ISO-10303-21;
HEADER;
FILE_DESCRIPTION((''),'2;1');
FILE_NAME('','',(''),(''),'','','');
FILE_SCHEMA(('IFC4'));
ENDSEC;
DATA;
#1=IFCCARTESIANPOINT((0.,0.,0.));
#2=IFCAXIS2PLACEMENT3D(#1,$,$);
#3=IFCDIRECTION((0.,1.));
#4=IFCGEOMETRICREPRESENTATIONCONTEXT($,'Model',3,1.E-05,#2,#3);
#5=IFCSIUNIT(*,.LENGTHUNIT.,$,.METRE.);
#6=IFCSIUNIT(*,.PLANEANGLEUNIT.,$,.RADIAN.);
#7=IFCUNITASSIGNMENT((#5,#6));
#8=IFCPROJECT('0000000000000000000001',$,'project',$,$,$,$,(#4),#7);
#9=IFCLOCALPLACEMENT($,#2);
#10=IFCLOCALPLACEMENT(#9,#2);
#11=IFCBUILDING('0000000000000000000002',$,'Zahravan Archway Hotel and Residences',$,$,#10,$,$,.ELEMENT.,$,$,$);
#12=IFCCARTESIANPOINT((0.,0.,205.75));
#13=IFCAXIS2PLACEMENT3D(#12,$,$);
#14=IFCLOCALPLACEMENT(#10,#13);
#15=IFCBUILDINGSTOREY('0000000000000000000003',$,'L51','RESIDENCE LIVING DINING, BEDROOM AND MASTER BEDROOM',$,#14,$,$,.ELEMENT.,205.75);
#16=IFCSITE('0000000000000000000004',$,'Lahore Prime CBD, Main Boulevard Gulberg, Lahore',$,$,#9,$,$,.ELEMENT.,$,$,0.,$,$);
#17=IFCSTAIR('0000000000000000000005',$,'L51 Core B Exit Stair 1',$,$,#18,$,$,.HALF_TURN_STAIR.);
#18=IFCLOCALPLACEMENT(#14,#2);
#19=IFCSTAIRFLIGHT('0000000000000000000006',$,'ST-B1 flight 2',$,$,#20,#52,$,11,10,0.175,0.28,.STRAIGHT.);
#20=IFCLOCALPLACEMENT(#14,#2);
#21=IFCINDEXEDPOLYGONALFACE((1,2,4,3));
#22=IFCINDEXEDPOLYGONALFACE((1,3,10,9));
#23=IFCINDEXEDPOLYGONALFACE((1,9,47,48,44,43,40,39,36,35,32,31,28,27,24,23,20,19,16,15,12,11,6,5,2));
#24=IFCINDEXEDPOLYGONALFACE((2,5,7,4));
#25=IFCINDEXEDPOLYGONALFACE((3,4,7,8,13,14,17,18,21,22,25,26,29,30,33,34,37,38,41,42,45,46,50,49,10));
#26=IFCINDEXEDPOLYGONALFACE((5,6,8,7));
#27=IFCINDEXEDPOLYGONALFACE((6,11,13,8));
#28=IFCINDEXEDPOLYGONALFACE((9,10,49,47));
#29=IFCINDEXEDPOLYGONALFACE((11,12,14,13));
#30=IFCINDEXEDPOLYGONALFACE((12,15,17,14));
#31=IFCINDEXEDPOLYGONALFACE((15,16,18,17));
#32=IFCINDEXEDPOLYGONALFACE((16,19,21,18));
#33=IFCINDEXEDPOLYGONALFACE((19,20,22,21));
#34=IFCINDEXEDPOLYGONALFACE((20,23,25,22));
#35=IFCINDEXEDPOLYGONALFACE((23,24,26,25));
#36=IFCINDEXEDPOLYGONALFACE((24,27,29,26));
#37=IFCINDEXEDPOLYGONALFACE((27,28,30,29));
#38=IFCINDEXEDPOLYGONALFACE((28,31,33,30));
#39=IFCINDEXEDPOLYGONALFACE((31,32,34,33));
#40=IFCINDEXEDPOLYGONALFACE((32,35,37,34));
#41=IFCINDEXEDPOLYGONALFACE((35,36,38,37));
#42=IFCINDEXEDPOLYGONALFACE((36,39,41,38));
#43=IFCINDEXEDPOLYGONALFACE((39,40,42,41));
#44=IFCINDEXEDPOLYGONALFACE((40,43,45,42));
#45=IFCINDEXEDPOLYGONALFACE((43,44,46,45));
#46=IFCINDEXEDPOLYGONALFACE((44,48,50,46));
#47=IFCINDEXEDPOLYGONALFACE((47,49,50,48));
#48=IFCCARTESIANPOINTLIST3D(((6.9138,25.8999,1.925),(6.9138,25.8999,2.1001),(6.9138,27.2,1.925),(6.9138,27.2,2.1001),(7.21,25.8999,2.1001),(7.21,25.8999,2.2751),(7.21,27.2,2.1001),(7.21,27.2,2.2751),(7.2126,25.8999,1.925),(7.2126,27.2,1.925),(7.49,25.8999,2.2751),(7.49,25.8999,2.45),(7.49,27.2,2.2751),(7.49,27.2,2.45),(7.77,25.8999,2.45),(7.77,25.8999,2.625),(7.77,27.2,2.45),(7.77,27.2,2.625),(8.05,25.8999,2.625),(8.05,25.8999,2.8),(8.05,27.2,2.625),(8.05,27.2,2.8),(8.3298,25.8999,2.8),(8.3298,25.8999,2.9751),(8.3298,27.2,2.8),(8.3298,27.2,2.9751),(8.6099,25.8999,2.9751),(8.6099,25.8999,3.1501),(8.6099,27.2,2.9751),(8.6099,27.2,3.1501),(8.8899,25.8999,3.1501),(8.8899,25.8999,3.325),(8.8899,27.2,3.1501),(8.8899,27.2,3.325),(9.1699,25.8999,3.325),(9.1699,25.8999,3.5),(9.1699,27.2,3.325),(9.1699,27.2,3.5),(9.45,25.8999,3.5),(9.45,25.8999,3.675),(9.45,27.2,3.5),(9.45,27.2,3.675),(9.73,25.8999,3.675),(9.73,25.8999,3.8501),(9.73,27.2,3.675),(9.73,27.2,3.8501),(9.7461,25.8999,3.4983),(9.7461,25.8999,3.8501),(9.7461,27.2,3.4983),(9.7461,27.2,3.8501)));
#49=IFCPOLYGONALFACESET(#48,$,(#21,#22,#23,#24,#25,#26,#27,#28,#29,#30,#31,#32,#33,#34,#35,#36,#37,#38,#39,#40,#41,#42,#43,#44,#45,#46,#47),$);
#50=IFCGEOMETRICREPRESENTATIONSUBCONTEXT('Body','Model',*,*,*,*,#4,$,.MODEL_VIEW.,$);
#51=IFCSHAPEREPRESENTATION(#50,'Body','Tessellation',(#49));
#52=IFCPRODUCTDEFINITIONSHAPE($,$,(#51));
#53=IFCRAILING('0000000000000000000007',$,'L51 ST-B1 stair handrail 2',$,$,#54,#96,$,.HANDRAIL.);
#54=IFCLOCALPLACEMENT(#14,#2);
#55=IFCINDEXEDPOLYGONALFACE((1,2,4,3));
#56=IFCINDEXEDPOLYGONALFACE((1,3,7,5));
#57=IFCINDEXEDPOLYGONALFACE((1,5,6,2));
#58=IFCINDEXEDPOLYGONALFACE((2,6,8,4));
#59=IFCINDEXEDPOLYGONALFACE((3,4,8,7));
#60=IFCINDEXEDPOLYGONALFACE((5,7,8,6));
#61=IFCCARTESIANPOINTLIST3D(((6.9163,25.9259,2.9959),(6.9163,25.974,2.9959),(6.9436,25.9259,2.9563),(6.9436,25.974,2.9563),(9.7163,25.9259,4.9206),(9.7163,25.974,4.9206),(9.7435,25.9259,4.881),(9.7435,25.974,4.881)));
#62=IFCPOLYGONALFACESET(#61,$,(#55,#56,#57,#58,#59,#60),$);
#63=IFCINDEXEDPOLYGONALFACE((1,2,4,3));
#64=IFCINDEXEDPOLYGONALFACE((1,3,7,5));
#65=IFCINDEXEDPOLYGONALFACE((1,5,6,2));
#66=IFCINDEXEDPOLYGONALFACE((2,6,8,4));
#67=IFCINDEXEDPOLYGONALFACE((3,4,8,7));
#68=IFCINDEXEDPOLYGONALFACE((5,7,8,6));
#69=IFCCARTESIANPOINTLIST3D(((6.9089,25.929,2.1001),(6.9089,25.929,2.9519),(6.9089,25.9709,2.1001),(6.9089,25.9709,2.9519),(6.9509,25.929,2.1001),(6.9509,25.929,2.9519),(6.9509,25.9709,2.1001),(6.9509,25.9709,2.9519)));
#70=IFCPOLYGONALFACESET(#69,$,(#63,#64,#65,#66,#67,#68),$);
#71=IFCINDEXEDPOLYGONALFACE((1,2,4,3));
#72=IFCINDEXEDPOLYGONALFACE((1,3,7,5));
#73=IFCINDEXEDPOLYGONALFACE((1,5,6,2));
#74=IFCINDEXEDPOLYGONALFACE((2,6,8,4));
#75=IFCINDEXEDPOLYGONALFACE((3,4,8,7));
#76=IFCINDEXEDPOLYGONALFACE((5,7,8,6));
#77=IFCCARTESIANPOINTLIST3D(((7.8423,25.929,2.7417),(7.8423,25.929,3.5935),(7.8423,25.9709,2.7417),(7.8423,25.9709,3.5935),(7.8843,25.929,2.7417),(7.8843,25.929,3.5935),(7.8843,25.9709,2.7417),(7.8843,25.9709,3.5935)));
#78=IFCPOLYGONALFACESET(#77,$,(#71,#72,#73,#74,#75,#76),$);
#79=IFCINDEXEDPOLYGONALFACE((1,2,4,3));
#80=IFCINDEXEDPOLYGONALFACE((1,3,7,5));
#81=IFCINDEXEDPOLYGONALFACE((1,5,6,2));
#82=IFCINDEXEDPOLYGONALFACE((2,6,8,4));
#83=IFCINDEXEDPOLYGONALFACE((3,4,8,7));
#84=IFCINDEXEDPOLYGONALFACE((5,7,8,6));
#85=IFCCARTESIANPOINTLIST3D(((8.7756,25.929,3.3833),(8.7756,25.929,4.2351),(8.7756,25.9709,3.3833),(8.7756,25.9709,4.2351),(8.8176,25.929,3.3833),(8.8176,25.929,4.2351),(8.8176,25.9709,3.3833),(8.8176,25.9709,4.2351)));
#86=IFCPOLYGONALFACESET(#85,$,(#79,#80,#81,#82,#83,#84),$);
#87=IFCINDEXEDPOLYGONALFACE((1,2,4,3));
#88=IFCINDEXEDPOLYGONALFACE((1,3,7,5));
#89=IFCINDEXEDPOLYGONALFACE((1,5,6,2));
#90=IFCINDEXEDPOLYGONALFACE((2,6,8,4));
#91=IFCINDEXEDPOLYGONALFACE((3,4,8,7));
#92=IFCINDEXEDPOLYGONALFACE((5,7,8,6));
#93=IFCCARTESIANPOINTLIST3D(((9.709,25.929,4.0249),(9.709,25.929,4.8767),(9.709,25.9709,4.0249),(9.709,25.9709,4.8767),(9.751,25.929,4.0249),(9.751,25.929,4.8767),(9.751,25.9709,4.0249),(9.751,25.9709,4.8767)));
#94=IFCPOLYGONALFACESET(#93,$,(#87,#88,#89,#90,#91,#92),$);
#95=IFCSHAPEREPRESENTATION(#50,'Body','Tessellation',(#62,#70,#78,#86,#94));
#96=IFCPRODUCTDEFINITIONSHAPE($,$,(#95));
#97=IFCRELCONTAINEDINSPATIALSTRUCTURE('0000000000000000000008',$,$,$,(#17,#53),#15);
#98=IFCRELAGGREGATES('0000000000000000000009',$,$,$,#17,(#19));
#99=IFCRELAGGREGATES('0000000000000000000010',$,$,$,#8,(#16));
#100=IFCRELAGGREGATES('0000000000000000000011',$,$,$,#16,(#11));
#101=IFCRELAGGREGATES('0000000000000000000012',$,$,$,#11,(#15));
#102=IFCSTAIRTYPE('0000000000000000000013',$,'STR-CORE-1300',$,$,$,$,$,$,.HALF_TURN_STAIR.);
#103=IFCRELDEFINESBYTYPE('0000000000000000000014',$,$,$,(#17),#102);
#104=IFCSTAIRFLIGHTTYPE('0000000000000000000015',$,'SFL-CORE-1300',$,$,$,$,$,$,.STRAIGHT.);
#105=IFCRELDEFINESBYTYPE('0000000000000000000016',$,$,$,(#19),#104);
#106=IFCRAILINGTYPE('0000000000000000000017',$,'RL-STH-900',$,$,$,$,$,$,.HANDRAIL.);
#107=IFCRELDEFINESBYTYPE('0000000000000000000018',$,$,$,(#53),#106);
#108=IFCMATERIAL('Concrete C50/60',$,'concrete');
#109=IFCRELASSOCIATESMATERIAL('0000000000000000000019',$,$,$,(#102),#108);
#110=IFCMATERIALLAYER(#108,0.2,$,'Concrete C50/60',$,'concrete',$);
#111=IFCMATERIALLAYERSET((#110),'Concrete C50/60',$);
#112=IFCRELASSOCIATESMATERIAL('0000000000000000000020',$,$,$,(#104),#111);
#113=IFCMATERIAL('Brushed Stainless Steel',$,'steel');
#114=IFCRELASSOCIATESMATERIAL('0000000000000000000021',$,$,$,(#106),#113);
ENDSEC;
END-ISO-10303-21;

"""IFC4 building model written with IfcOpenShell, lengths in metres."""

from ifc_helpers import new_model, si_unit, direction, frame, origin, origin_2d, place, context, subcontext, project, spatial, polyline, rectangle, outline, extrude, source, transform, mapped, material, layer, layer_set, type_object, element, aggregate, save


model = new_model("IFC4")

# Units and contexts
model_context = context("Model", 3, precision=1e-05, world=origin(), true_north=direction((0.0, 1.0)))
body_context = subcontext(model_context, "Body", "Model", "MODEL_VIEW")
ifc_project = project(units=[si_unit("LENGTHUNIT", "METRE"), si_unit("PLANEANGLEUNIT", "RADIAN")], contexts=[model_context])

# Site, building, storey
site_placement = place(None, origin())
site = spatial("IfcSite", under=ifc_project, at=site_placement, Name="Lahore Prime CBD, Main Boulevard Gulberg, Lahore", CompositionType="ELEMENT", RefElevation=0.0)
building_placement = place(site_placement, origin())
building = spatial("IfcBuilding", under=site, at=building_placement, Name="Zahravan Archway Hotel and Residences", CompositionType="ELEMENT")
storey_placement = place(building_placement, frame((0.0, 0.0, 205.75)))
storey = spatial("IfcBuildingStorey", under=building, at=storey_placement, Name="L51", Description="RESIDENCE LIVING DINING, BEDROOM AND MASTER BEDROOM", CompositionType="ELEMENT", Elevation=205.75)

# Shared definitions
ifc_material_1 = material(Name="Concrete C50/60", Category="concrete")

# Stair, stair flight
stair_type = type_object("IfcStairType", Name="STR-CORE-1300", PredefinedType="HALF_TURN_STAIR", material=ifc_material_1)
stair_placement = place(storey_placement, origin())
stair = element("IfcStair", 1, at=stair_placement, inside=storey, type_object=stair_type, Name="L51 Core B Exit Stair 1", PredefinedType="HALF_TURN_STAIR")
ifc_layer_1 = layer(ifc_material_1, 0.2, Name="Concrete C50/60", Category="concrete")
ifc_layer_set_1 = layer_set([ifc_layer_1], Name="Concrete C50/60")
stair_flight_type = type_object("IfcStairFlightType", Name="SFL-CORE-1300", PredefinedType="STRAIGHT", material=ifc_layer_set_1)
shared_shape_1 = source(origin(), body_context, "Body", "SweptSolid", [
    extrude(outline(polyline([(-0.0161, 0.0), (-0.0161, 0.175), (0.28, 0.175), (0.28, 0.3501), (0.5601, 0.3501), (0.5601, 0.5249), (0.8401, 0.5249), (0.8401, 0.7), (1.1201, 0.7), (1.1201, 0.875), (1.3999, 0.875), (1.3999, 1.05), (1.6799, 1.05), (1.6799, 1.2251), (1.96, 1.2251), (1.96, 1.3999), (2.24, 1.3999), (2.24, 1.575), (2.52, 1.575), (2.52, 1.75), (2.8, 1.75), (2.8, 1.925), (2.8162, 1.925), (2.8162, 1.5732), (0.2827, 0.0), (-0.0161, 0.0)])), frame((0.0, 0.6499, 0.0), z_axis=(0.0, -1.0, 0.0), x_axis=(1.0, 0.0, 0.0)), (0.0, 0.0, 1.0), 1.3),
])
stair_flight_placement = place(storey_placement, frame((6.9299, 26.55, 1.925), z_axis=(0.0, 0.0, 1.0), x_axis=(1.0, 0.0, 0.0)))
stair_flight = element("IfcStairFlight", 2, at=stair_flight_placement, type_object=stair_flight_type, Name="ST-B1 flight 2", NumberOfRisers=11, NumberOfTreads=10, PredefinedType="STRAIGHT", RiserHeight=0.175, TreadLength=0.28, context=body_context, shape_type="MappedRepresentation", body=[
    mapped(shared_shape_1, transform((0.0, 0.0, 0.0), scale=1.0)),
])
aggregate(stair, [stair_flight])

# Railing
ifc_material_2 = material(Name="Brushed Stainless Steel", Category="steel")
railing_type_1 = type_object("IfcRailingType", Name="RL-STH-900", PredefinedType="HANDRAIL", material=ifc_material_2)
railing_1_placement = place(storey_placement, frame((6.9299, 25.95, 2.1001)))
element("IfcRailing", 3, at=railing_1_placement, inside=storey, type_object=railing_type_1, Name="L51 ST-B1 stair handrail 2", PredefinedType="HANDRAIL", context=body_context, shape_type="SweptSolid", body=[
    extrude(rectangle(XDim=0.0481, YDim=0.0481, at=origin_2d()), frame((0.0, 0.0, 0.876), z_axis=(0.824073, 0.0, 0.566483), x_axis=(0.0, 1.0, 0.0)), (0.0, 0.0, 1.0), 3.3977),
    extrude(rectangle(XDim=0.042, YDim=0.042, at=origin_2d()), origin(), (0.0, 0.0, 1.0), 0.8518),
    extrude(rectangle(XDim=0.042, YDim=0.042, at=origin_2d()), frame((0.9333, 0.0, 0.6416)), (0.0, 0.0, 1.0), 0.8518),
    extrude(rectangle(XDim=0.042, YDim=0.042, at=origin_2d()), frame((1.8667, 0.0, 1.2832)), (0.0, 0.0, 1.0), 0.8518),
    extrude(rectangle(XDim=0.042, YDim=0.042, at=origin_2d()), frame((2.8, 0.0, 1.9248)), (0.0, 0.0, 1.0), 0.8518),
])

save(model, "model.ifc")
